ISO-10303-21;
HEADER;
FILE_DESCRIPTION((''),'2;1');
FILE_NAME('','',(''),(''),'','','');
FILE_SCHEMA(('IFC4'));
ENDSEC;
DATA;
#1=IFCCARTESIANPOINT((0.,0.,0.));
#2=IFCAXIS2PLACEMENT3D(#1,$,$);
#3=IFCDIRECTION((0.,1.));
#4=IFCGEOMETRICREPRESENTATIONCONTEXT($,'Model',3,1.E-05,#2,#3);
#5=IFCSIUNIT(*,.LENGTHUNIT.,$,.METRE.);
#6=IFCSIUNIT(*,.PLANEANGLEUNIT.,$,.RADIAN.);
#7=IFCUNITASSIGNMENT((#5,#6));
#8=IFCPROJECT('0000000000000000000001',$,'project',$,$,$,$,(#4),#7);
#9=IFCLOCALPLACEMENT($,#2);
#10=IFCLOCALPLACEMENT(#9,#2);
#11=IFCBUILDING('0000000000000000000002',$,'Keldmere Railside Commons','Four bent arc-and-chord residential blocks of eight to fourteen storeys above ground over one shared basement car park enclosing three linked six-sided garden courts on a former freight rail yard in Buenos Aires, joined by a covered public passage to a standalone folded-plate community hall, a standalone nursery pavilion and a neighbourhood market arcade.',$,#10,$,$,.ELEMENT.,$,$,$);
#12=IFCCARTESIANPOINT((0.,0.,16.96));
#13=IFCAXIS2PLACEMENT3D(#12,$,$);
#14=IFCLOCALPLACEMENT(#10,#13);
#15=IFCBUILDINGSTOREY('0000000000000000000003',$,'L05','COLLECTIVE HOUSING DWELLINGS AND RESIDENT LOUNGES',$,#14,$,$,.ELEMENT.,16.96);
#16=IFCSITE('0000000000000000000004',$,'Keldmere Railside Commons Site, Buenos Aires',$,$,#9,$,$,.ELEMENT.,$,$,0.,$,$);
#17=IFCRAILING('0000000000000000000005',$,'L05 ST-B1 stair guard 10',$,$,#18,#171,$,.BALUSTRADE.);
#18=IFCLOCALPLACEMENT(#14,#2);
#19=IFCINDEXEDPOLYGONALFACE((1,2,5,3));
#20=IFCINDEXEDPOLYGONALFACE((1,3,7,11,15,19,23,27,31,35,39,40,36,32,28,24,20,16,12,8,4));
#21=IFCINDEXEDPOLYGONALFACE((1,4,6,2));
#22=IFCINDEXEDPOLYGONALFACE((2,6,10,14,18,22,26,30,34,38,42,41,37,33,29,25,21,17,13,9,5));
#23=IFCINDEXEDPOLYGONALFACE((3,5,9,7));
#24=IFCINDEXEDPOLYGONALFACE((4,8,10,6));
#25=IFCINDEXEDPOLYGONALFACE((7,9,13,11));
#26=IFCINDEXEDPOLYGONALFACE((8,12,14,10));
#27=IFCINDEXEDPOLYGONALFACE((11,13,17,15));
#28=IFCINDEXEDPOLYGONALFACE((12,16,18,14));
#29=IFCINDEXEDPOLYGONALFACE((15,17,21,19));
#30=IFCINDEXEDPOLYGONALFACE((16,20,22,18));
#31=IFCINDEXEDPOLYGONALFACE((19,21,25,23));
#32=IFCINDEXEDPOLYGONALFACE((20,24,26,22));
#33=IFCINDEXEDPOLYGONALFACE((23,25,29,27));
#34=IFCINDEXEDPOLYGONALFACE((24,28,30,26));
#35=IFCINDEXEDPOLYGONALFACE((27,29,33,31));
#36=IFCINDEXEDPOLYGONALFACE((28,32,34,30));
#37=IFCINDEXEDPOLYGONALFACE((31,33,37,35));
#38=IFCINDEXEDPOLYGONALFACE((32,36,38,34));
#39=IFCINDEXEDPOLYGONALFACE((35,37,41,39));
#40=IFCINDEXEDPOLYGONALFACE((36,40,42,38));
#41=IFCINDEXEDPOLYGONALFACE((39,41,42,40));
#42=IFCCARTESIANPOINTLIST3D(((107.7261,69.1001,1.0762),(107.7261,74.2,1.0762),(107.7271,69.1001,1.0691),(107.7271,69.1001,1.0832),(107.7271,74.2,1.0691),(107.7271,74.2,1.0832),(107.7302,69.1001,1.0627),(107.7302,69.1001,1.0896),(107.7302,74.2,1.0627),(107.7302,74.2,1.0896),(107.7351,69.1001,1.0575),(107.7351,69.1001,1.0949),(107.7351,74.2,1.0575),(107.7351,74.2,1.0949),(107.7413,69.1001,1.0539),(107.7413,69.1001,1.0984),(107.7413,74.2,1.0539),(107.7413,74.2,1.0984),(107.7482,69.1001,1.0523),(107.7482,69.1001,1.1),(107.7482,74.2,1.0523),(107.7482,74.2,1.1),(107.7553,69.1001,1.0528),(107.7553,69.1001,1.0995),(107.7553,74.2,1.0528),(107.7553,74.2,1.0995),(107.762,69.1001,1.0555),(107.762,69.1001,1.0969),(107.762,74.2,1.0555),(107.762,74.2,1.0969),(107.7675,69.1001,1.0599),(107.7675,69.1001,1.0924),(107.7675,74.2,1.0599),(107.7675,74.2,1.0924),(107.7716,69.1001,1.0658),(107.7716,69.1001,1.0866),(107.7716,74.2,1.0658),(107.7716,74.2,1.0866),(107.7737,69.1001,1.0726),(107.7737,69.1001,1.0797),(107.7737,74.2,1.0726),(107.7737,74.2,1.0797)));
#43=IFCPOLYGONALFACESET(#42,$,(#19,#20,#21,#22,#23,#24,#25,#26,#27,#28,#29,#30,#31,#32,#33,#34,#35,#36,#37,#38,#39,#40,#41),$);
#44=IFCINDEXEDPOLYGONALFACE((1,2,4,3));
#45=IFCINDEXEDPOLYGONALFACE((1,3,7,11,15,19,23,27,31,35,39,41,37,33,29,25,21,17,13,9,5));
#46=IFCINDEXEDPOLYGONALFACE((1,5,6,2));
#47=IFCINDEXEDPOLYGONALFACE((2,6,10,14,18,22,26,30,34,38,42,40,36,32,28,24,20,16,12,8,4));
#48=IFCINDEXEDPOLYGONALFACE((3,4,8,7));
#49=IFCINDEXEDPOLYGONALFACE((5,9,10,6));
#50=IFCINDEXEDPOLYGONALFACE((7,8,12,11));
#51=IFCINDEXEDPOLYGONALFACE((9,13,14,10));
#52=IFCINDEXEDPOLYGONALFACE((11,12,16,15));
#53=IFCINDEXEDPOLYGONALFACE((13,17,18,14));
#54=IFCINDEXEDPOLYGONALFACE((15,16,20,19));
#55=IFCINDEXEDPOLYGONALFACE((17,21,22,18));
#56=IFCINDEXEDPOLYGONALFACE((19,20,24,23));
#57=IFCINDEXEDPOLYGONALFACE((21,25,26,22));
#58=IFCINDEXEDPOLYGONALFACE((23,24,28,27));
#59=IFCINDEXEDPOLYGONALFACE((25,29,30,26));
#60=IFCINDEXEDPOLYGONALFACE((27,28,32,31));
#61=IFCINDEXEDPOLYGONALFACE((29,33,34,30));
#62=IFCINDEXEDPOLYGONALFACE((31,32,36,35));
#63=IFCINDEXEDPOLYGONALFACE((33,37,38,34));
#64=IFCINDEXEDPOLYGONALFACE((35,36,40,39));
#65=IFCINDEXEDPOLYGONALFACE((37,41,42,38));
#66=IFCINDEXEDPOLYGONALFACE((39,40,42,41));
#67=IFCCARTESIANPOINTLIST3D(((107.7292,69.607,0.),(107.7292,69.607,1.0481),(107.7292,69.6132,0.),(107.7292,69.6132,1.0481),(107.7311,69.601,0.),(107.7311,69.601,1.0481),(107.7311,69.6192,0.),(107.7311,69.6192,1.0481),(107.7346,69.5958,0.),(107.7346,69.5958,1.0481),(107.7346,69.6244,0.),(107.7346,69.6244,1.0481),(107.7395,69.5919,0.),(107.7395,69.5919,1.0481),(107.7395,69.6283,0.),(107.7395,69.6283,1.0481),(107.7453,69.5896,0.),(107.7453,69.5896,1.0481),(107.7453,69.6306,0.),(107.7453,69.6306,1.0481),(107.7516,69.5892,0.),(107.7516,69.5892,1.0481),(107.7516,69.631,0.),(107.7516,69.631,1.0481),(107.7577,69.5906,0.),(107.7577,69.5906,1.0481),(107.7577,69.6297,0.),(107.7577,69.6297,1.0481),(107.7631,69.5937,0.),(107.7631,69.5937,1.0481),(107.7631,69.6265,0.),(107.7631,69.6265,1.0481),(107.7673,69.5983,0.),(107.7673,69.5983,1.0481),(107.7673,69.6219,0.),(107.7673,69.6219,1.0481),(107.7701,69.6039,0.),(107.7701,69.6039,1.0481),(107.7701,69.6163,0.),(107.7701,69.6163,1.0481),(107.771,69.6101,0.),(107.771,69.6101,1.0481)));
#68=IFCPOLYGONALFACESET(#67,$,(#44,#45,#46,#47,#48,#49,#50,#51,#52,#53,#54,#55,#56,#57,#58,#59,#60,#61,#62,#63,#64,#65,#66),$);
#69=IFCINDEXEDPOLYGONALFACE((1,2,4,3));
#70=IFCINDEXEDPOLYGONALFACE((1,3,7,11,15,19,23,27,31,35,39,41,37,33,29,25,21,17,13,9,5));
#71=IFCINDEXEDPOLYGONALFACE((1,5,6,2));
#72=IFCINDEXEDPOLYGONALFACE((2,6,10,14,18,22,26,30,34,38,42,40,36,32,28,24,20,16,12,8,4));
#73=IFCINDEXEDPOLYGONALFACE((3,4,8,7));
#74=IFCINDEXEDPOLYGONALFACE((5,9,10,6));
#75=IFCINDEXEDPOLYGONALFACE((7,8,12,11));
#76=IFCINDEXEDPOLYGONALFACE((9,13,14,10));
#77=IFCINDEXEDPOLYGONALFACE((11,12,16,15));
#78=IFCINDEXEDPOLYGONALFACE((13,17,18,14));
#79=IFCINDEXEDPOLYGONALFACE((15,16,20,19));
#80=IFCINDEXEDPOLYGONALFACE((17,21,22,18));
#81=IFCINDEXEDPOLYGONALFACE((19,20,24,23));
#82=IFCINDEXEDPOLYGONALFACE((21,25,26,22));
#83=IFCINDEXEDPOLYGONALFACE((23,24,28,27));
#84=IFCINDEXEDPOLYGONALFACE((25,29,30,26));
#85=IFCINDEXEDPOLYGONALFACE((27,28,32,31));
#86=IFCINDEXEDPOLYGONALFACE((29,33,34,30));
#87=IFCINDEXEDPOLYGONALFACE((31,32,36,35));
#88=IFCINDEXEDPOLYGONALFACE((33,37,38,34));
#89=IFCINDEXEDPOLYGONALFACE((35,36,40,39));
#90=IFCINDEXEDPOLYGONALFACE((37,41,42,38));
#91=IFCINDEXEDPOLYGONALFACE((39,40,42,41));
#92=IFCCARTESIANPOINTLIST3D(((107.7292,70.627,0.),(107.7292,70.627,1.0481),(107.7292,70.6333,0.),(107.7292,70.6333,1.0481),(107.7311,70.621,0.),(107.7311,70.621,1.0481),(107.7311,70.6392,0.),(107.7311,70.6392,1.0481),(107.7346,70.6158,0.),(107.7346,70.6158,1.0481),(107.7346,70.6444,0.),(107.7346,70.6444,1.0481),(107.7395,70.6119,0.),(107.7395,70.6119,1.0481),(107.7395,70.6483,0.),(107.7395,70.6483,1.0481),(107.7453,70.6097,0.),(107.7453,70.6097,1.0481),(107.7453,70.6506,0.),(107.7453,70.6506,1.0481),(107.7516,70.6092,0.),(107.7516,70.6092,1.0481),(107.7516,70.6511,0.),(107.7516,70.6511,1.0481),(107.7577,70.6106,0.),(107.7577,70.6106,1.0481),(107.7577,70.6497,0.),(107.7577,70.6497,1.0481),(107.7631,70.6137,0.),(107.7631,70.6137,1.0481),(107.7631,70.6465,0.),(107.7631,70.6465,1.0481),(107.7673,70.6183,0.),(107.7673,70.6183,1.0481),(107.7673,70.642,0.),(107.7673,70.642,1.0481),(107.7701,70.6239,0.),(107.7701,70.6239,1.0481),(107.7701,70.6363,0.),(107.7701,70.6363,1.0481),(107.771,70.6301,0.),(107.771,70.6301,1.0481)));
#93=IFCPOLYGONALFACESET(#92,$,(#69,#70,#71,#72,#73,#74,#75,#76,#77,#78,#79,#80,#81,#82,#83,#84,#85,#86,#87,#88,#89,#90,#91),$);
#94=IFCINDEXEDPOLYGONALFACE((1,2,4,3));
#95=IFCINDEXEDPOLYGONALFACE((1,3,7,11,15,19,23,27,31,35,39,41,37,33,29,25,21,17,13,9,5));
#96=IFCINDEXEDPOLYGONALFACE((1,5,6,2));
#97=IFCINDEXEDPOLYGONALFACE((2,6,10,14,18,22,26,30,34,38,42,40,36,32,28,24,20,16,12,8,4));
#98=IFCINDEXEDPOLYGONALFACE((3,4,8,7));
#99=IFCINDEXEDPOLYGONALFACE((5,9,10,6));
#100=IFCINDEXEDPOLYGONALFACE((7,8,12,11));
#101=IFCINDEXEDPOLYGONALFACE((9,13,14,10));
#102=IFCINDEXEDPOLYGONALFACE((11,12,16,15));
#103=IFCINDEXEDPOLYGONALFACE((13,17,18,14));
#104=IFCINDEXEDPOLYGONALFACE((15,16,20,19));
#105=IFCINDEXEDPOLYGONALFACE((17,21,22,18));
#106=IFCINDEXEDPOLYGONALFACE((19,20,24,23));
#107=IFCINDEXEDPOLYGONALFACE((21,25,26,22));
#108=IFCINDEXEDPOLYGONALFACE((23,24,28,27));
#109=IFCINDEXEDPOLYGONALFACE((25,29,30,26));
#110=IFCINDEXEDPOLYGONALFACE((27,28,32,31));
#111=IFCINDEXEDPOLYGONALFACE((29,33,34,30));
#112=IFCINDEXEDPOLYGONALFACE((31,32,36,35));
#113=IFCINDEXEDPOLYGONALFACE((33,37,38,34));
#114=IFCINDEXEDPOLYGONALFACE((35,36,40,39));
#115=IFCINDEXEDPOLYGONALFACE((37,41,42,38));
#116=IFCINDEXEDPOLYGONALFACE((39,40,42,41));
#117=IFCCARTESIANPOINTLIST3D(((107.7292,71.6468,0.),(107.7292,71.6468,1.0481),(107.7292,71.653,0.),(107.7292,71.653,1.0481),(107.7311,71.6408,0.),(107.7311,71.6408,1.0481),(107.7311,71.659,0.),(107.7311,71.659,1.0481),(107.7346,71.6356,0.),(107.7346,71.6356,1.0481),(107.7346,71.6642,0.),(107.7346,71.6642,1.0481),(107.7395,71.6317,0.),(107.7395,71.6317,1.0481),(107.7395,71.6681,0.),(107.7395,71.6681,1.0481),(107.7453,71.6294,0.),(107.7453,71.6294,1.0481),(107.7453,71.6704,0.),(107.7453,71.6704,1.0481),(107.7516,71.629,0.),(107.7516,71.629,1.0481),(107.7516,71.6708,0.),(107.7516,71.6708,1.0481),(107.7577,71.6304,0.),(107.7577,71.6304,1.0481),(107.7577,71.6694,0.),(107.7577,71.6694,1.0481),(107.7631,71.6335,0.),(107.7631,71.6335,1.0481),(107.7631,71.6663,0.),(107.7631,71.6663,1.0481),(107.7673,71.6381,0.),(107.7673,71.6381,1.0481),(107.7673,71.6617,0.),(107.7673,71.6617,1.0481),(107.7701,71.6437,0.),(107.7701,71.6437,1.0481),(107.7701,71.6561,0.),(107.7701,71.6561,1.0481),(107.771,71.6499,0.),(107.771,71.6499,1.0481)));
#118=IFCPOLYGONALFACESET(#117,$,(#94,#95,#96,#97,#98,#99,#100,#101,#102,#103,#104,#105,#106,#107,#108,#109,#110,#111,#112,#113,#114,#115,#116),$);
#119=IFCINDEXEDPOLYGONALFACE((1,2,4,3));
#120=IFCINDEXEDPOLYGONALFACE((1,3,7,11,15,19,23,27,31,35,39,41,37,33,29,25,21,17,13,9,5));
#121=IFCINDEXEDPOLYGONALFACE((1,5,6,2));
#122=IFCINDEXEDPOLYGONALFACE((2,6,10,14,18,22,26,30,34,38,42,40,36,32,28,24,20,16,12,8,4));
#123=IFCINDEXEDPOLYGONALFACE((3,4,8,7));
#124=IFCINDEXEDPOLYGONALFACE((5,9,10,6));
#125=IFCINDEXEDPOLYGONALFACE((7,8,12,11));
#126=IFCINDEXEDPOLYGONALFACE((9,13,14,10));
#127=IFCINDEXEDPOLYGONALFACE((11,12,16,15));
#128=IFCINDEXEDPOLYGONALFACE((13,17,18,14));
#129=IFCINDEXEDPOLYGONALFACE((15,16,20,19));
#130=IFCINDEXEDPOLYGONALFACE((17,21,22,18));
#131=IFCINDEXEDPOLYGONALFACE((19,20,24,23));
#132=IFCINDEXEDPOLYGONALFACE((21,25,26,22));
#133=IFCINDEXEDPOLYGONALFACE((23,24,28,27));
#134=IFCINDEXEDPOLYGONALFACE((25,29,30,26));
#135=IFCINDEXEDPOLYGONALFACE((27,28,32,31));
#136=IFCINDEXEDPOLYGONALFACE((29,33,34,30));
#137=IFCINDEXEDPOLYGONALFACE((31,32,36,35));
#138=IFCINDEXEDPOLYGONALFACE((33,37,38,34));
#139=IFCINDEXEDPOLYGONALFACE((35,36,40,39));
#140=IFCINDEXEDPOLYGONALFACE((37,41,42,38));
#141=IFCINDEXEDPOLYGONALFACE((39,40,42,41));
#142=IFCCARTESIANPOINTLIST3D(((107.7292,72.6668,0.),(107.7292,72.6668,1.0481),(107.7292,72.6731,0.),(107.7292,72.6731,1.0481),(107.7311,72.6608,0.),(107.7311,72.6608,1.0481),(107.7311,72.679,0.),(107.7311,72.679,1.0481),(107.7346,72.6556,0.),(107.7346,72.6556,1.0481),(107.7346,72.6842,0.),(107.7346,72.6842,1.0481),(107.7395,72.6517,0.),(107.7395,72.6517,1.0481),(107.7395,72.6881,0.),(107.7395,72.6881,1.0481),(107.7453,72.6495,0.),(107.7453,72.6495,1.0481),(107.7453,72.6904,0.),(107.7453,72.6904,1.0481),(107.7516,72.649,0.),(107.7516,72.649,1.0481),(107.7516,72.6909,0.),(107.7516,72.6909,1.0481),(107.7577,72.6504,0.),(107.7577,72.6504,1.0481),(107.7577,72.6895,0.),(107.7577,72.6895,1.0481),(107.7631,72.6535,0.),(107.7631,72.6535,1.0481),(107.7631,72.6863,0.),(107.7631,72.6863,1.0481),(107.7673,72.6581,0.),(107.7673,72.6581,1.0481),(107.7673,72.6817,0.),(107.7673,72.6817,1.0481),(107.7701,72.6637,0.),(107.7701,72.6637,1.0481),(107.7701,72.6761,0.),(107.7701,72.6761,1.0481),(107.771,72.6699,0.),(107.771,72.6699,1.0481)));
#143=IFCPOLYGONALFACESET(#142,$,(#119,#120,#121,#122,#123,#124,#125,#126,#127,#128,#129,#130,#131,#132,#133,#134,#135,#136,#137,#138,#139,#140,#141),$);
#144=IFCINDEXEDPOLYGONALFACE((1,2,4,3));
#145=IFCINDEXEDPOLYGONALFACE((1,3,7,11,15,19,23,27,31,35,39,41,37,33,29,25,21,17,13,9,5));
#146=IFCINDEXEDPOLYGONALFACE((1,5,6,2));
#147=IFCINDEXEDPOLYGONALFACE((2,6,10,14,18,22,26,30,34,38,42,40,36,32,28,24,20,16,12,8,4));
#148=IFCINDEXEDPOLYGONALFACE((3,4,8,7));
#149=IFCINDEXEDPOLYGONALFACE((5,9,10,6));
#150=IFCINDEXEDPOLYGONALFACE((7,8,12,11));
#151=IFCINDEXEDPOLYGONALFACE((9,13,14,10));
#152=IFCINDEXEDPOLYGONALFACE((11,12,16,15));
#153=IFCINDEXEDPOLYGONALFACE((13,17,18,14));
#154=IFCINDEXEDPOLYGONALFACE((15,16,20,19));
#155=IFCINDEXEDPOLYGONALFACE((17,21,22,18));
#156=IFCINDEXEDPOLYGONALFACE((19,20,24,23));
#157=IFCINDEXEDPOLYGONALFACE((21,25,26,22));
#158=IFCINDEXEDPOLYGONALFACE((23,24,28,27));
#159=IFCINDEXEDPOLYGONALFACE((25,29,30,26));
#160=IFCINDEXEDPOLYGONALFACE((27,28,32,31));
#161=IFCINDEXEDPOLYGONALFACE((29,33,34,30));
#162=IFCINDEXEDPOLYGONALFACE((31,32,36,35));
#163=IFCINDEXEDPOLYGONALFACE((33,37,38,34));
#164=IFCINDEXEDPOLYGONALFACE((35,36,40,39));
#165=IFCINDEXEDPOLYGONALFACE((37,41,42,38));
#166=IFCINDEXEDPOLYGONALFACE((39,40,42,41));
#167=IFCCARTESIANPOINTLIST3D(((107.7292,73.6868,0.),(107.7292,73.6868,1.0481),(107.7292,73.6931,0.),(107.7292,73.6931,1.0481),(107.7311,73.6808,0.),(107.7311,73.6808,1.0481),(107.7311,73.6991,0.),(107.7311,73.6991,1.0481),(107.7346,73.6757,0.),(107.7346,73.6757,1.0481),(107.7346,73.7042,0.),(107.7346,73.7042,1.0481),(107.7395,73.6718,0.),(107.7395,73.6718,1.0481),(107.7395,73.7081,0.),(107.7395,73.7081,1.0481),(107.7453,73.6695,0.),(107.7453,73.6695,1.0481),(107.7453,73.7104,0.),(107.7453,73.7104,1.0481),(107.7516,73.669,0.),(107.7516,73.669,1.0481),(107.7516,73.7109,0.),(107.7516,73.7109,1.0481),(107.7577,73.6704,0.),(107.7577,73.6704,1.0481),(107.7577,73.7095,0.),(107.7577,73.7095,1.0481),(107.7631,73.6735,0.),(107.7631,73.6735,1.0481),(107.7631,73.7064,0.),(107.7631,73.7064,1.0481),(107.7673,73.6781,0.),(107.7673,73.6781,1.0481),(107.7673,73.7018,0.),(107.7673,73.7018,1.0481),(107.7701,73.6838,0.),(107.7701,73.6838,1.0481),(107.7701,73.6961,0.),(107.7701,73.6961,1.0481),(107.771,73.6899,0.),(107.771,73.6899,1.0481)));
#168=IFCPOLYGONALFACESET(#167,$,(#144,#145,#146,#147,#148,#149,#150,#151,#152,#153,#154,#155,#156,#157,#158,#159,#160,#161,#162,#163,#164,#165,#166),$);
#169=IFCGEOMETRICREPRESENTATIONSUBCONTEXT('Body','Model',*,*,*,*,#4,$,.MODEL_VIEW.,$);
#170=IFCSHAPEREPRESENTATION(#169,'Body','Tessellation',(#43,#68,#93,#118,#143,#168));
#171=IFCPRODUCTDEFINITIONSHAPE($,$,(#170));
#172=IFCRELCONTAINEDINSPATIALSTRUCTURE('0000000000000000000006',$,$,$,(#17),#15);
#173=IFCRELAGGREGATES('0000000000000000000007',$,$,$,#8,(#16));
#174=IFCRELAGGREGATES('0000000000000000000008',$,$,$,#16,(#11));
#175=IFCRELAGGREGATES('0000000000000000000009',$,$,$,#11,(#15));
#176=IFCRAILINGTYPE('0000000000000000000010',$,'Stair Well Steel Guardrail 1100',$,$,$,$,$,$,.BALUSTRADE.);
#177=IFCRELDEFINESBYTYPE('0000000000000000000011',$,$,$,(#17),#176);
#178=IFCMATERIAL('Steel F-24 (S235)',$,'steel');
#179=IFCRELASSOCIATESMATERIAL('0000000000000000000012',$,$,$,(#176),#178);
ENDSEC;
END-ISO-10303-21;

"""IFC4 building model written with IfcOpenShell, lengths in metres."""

from ifc_helpers import new_model, si_unit, direction, frame, origin, origin_2d, place, context, subcontext, project, spatial, circle, extrude, material, type_object, element, save


model = new_model("IFC4")

# Units and contexts
model_context = context("Model", 3, precision=1e-05, world=origin(), true_north=direction((0.0, 1.0)))
body_context = subcontext(model_context, "Body", "Model", "MODEL_VIEW")
ifc_project = project(units=[si_unit("LENGTHUNIT", "METRE"), si_unit("PLANEANGLEUNIT", "RADIAN")], contexts=[model_context])

# Site, building, storey
site_placement = place(None, origin())
site = spatial("IfcSite", under=ifc_project, at=site_placement, Name="Keldmere Railside Commons Site, Buenos Aires", CompositionType="ELEMENT", RefElevation=0.0)
building_placement = place(site_placement, origin())
building = spatial("IfcBuilding", under=site, at=building_placement, Name="Keldmere Railside Commons", Description="Four bent arc-and-chord residential blocks of eight to fourteen storeys above ground over one shared basement car park enclosing three linked six-sided garden courts on a former freight rail yard in Buenos Aires, joined by a covered public passage to a standalone folded-plate community hall, a standalone nursery pavilion and a neighbourhood market arcade.", CompositionType="ELEMENT")
storey_placement = place(building_placement, frame((0.0, 0.0, 16.96)))
storey = spatial("IfcBuildingStorey", under=building, at=storey_placement, Name="L05", Description="COLLECTIVE HOUSING DWELLINGS AND RESIDENT LOUNGES", CompositionType="ELEMENT", Elevation=16.96)

# Railing
ifc_material_1 = material(Name="Steel F-24 (S235)", Category="steel")
railing_type_1 = type_object("IfcRailingType", Name="Stair Well Steel Guardrail 1100", PredefinedType="BALUSTRADE", material=ifc_material_1)
railing_1_placement = place(storey_placement, frame((107.75, 69.1001, 0.0)))
element("IfcRailing", 1, at=railing_1_placement, inside=storey, type_object=railing_type_1, Name="L05 ST-B1 stair guard 10", PredefinedType="BALUSTRADE", context=body_context, shape_type="SweptSolid", body=[
    extrude(circle(Radius=0.0239, at=origin_2d()), frame((0.0, 0.0, 1.0762), z_axis=(0.0, 1.0, 0.0), x_axis=(-1.0, 0.0, 0.0)), (0.0, 0.0, 1.0), 5.0999),
    extrude(circle(Radius=0.021, at=origin_2d()), frame((0.0, 0.51, 0.0)), (0.0, 0.0, 1.0), 1.0481),
    extrude(circle(Radius=0.021, at=origin_2d()), frame((0.0, 1.53, 0.0)), (0.0, 0.0, 1.0), 1.0481),
    extrude(circle(Radius=0.021, at=origin_2d()), frame((0.0, 2.5498, 0.0)), (0.0, 0.0, 1.0), 1.0481),
    extrude(circle(Radius=0.021, at=origin_2d()), frame((0.0, 3.5698, 0.0)), (0.0, 0.0, 1.0), 1.0481),
    extrude(circle(Radius=0.021, at=origin_2d()), frame((0.0, 4.5898, 0.0)), (0.0, 0.0, 1.0), 1.0481),
])

save(model, "model.ifc")
